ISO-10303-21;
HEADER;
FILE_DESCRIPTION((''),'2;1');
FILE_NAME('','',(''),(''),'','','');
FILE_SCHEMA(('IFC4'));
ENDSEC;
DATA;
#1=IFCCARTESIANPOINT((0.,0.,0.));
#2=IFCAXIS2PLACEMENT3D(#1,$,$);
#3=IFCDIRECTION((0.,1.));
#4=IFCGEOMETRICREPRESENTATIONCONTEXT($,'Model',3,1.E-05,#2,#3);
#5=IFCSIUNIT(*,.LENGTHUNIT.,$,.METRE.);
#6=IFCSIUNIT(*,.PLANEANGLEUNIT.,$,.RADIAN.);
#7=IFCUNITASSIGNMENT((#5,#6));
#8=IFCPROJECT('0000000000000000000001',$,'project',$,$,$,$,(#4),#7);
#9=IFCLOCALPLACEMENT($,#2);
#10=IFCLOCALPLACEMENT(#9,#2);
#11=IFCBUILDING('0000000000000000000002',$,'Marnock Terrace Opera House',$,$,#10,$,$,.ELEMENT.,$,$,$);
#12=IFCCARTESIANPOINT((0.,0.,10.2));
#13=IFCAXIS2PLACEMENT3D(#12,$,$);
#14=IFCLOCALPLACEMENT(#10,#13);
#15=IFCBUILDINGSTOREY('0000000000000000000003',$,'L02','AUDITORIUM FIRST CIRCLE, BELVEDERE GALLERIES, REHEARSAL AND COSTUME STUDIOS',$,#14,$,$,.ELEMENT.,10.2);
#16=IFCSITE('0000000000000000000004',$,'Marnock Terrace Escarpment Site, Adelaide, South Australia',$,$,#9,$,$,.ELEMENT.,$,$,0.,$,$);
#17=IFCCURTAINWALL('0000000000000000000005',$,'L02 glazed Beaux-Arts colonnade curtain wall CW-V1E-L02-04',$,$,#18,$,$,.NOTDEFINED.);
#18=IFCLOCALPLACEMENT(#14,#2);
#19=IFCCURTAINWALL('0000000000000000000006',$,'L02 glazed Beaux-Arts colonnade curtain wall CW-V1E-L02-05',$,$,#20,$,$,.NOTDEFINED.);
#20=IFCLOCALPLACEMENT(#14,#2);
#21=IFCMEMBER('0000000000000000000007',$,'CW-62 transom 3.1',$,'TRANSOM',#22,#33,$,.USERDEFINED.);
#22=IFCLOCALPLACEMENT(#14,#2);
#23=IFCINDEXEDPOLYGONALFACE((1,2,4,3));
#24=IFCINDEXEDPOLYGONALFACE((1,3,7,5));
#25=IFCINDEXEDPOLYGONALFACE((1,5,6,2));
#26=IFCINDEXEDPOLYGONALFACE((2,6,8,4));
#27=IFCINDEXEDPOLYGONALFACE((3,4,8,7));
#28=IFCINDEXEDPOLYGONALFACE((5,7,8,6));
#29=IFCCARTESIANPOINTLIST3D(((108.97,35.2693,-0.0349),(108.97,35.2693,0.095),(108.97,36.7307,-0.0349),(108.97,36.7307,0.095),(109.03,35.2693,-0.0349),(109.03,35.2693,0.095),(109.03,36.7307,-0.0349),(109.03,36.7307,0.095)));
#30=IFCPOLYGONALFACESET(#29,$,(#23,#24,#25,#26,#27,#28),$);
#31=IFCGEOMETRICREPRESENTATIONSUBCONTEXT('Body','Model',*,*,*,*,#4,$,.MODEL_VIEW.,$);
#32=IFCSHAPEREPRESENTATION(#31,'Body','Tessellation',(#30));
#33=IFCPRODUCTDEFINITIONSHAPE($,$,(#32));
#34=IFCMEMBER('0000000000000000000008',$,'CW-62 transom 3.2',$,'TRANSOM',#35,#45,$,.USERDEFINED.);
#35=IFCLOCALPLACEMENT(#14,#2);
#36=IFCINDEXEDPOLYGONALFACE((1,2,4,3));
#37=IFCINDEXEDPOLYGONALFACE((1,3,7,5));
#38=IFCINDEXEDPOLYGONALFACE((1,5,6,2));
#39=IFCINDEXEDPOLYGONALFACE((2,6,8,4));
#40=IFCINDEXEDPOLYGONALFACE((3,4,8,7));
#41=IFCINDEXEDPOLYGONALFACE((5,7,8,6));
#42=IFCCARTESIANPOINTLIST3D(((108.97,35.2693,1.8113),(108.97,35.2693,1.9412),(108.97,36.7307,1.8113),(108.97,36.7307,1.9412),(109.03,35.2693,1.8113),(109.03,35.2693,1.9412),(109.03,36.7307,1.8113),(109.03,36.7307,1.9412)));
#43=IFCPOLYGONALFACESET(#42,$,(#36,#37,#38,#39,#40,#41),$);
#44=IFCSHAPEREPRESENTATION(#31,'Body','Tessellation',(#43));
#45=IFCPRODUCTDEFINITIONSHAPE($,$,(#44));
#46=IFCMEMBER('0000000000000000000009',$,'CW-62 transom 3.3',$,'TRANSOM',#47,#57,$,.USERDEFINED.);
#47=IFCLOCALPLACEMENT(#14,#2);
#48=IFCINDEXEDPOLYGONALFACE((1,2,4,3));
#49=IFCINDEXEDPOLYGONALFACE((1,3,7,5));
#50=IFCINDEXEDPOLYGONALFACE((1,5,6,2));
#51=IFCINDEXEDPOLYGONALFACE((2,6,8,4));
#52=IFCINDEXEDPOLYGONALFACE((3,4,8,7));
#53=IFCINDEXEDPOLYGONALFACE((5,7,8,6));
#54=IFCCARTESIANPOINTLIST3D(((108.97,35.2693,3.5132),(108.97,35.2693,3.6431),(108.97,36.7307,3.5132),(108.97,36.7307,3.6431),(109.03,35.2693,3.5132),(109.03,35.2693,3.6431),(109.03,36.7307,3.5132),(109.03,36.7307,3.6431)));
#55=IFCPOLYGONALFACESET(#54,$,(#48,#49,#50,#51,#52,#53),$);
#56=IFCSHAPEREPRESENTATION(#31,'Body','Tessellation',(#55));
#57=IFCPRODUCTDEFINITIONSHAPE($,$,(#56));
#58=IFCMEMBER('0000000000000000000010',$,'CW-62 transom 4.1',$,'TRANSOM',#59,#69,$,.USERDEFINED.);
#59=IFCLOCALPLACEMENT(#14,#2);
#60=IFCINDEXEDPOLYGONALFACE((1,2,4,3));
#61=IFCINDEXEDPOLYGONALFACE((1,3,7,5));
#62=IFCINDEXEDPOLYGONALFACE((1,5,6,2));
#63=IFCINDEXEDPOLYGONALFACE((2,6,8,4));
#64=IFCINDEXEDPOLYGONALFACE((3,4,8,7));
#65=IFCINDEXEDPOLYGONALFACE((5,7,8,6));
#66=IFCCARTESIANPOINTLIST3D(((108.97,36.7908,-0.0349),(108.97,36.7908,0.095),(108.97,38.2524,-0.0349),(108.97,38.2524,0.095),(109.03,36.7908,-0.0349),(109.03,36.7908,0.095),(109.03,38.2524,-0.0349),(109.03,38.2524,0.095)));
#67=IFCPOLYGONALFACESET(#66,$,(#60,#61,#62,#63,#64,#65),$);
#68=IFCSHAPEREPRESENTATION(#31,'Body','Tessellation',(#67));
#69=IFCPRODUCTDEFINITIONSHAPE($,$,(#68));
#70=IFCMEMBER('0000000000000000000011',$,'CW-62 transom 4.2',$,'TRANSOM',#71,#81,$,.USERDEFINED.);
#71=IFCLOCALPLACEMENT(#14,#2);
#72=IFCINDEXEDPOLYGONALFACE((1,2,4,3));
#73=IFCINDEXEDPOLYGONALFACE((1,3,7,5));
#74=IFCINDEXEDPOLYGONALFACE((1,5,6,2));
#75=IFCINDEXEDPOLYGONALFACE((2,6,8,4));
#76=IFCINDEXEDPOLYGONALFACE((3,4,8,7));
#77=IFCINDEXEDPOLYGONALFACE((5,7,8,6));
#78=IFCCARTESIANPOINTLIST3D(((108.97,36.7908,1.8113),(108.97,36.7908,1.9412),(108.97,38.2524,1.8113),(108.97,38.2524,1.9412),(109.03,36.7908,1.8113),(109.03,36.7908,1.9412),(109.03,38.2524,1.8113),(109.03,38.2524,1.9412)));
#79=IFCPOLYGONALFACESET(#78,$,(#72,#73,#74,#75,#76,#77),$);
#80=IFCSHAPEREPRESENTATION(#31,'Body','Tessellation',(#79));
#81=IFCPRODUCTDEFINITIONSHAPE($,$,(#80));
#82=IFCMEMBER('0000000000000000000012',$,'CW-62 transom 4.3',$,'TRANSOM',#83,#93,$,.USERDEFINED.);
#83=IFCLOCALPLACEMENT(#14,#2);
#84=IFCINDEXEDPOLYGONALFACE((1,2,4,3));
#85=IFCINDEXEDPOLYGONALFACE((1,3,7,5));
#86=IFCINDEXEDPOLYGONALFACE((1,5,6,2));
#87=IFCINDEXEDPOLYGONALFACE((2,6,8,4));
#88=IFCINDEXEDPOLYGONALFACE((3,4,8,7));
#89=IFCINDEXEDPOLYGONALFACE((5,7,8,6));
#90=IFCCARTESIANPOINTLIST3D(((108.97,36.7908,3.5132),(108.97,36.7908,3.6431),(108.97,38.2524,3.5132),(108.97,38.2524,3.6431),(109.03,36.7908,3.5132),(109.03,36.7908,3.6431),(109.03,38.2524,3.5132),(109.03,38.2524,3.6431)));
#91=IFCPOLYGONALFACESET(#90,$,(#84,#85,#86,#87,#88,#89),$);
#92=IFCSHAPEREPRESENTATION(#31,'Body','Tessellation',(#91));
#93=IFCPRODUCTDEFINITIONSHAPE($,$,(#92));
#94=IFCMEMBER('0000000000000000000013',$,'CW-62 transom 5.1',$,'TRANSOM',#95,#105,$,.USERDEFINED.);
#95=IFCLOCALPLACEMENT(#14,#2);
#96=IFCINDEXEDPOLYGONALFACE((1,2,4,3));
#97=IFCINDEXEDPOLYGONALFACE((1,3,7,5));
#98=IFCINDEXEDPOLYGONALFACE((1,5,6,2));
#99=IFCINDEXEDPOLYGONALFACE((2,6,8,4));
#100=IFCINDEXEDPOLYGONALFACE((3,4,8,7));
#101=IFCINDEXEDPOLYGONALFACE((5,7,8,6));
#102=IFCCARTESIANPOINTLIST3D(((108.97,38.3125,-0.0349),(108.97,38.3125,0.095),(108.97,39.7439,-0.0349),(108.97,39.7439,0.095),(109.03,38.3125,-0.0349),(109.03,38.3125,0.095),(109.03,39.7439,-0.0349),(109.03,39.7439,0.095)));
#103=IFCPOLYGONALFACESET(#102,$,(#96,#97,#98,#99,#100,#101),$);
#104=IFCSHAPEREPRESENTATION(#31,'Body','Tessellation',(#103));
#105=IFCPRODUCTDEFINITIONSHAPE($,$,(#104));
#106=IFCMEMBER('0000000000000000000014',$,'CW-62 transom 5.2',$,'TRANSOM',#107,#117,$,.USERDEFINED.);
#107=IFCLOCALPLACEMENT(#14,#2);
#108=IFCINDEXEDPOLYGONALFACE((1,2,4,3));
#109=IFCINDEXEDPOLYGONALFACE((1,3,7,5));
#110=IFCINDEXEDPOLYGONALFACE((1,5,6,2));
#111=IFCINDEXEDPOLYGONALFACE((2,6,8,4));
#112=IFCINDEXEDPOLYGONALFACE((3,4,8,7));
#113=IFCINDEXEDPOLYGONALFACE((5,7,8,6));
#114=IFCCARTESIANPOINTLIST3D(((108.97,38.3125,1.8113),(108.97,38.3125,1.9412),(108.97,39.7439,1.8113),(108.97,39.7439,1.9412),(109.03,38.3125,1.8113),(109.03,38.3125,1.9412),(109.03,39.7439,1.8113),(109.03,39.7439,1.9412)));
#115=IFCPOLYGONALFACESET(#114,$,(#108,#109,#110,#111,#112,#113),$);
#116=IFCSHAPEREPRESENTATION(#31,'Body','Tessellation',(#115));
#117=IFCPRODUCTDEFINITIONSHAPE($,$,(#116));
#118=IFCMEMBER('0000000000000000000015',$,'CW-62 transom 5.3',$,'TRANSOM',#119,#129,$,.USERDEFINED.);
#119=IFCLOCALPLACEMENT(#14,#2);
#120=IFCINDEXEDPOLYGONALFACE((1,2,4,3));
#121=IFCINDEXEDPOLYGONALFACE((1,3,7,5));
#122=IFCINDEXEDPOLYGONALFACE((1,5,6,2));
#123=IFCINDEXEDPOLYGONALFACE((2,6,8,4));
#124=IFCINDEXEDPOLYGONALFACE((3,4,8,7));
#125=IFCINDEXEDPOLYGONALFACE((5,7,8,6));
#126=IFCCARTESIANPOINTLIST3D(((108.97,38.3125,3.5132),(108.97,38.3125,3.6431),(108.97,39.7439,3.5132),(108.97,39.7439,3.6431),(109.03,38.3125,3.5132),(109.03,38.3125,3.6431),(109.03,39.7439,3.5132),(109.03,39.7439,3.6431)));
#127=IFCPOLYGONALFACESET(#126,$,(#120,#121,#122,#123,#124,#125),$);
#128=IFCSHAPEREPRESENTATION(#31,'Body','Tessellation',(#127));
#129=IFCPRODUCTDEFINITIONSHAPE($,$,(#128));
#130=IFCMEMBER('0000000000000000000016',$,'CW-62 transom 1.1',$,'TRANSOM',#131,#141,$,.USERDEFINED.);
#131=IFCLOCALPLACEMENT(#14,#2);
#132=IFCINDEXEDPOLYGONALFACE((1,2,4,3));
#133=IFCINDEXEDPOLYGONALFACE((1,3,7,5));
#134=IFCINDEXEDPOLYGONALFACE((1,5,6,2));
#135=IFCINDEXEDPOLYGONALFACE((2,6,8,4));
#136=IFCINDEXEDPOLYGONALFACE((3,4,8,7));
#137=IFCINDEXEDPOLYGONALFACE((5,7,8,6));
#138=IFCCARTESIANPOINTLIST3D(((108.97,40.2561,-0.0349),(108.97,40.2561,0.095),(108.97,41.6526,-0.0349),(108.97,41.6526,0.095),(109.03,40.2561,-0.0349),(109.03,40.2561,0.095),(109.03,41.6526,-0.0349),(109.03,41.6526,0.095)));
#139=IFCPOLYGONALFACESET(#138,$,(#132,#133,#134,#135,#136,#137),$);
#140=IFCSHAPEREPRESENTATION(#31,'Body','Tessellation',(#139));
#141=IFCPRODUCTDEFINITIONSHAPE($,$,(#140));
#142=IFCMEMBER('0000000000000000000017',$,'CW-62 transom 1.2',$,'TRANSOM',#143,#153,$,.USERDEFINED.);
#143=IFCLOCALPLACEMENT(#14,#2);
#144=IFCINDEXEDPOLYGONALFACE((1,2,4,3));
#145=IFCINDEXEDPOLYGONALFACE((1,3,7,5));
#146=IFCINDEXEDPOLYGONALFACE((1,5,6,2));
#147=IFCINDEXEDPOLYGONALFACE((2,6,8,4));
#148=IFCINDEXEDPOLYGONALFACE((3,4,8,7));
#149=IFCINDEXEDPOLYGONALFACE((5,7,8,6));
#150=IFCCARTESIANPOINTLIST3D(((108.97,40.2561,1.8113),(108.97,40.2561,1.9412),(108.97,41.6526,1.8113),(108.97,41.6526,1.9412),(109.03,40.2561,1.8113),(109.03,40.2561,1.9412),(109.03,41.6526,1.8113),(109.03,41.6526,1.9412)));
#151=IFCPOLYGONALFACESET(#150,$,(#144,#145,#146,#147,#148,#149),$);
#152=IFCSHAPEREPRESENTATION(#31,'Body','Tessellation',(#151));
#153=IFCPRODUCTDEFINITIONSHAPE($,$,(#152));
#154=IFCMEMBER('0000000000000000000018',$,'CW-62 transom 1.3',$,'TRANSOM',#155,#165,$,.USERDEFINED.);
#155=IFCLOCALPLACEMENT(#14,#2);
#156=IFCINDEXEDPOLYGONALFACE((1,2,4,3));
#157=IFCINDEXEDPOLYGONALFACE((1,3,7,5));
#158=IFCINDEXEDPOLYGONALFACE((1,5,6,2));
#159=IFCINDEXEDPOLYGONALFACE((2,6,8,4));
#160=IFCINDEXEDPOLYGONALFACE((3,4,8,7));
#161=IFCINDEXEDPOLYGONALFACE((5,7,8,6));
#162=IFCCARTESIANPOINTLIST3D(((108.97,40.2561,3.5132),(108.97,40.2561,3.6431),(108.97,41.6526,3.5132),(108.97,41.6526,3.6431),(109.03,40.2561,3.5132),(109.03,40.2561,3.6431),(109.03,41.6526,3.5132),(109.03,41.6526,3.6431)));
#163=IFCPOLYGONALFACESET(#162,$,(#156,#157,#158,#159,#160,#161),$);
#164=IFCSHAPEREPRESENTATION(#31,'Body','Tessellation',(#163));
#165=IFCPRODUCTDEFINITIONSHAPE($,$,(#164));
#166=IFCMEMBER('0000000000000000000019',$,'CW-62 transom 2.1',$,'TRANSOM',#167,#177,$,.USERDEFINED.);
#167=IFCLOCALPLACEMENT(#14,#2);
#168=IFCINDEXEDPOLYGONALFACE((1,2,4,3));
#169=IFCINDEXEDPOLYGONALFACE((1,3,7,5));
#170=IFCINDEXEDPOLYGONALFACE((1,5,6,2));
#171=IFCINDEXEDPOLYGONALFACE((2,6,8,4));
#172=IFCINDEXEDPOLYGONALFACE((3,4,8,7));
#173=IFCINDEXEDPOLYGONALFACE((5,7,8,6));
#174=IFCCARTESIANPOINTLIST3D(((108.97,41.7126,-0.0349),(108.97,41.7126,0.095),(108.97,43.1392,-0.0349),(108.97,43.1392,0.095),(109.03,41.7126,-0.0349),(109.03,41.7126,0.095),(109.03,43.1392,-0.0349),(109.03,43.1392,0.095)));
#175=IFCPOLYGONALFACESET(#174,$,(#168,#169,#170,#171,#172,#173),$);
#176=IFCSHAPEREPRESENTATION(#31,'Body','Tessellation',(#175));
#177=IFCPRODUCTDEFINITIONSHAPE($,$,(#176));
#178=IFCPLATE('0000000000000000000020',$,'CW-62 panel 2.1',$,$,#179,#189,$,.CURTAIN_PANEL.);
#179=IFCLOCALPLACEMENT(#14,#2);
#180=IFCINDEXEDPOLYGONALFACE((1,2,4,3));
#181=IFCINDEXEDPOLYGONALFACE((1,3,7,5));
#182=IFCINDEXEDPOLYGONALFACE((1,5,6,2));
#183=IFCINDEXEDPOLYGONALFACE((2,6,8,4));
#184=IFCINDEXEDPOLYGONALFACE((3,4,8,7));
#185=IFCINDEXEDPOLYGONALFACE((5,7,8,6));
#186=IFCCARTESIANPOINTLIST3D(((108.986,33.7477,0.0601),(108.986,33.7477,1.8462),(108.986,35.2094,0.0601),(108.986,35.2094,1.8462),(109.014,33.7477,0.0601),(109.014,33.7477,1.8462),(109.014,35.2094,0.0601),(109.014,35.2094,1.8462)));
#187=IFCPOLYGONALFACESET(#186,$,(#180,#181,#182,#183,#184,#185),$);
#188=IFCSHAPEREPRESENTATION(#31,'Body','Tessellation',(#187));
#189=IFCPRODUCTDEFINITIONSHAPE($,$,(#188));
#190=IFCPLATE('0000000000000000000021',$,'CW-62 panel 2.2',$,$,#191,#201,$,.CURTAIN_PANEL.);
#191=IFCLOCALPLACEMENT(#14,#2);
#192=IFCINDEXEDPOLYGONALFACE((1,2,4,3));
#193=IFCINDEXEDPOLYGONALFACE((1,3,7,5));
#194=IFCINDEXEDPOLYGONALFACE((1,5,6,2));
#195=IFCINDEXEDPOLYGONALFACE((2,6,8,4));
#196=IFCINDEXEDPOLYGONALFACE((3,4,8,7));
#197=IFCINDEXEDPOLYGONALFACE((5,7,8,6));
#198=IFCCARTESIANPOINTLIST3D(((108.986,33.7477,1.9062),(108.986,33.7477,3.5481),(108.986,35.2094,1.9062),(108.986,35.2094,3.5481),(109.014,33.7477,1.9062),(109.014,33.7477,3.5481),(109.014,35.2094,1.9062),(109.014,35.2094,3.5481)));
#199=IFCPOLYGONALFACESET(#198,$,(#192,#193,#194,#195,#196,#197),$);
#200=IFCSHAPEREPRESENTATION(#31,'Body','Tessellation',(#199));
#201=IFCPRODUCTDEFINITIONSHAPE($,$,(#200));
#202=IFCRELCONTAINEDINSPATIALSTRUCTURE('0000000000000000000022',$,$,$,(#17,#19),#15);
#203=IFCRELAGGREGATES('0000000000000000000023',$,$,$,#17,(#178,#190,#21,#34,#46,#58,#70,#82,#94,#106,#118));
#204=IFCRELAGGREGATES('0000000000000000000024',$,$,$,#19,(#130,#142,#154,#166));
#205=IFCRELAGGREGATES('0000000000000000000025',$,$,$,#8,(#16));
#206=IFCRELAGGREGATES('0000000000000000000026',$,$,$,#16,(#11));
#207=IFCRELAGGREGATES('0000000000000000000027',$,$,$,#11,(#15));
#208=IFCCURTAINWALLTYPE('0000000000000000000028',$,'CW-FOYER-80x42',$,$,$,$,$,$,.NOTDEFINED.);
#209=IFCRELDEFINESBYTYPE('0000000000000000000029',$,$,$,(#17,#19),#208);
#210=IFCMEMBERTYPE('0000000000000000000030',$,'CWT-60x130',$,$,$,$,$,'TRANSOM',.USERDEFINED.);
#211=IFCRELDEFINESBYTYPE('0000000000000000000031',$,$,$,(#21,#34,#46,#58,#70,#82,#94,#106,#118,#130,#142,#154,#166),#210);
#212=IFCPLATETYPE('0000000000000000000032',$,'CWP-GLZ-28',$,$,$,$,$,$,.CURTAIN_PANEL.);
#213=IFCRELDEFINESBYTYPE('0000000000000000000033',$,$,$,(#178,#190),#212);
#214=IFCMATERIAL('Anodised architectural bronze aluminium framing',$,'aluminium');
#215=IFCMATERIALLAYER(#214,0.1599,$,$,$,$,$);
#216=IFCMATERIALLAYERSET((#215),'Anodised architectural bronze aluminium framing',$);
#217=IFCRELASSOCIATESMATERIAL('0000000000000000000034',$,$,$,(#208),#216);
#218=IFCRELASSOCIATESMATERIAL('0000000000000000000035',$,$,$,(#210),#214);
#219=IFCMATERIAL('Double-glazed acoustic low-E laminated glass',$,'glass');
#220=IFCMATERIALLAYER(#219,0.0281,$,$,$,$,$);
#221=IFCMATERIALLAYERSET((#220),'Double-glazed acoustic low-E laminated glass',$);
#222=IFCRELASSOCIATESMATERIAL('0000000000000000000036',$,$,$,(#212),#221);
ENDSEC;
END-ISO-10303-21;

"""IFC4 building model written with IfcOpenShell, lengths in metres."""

from ifc_helpers import new_model, si_unit, direction, frame, origin, origin_2d, place, context, subcontext, project, spatial, rectangle, extrude, material, layer, layer_set, material_profile, profile_set, type_object, element, aggregate, save


model = new_model("IFC4")

# Units and contexts
model_context = context("Model", 3, precision=1e-05, world=origin(), true_north=direction((0.0, 1.0)))
body_context = subcontext(model_context, "Body", "Model", "MODEL_VIEW")
ifc_project = project(units=[si_unit("LENGTHUNIT", "METRE"), si_unit("PLANEANGLEUNIT", "RADIAN")], contexts=[model_context])

# Site, building, storey
site_placement = place(None, origin())
site = spatial("IfcSite", under=ifc_project, at=site_placement, Name="Marnock Terrace Escarpment Site, Adelaide, South Australia", CompositionType="ELEMENT", RefElevation=0.0)
building_placement = place(site_placement, origin())
building = spatial("IfcBuilding", under=site, at=building_placement, Name="Marnock Terrace Opera House", CompositionType="ELEMENT")
storey_placement = place(building_placement, frame((0.0, 0.0, 10.2)))
storey = spatial("IfcBuildingStorey", under=building, at=storey_placement, Name="L02", Description="AUDITORIUM FIRST CIRCLE, BELVEDERE GALLERIES, REHEARSAL AND COSTUME STUDIOS", CompositionType="ELEMENT", Elevation=10.2)

# Curtain walls
ifc_material_1 = material(Name="Anodised architectural bronze aluminium framing", Category="aluminium")
ifc_layer_1 = layer(ifc_material_1, 0.1599)
ifc_layer_set_1 = layer_set([ifc_layer_1], Name="Anodised architectural bronze aluminium framing")
curtain_wall_type = type_object("IfcCurtainWallType", Name="CW-FOYER-80x42", PredefinedType="NOTDEFINED", material=ifc_layer_set_1)
curtain_wall_1_placement = place(storey_placement, origin())
curtain_wall_1 = element("IfcCurtainWall", 1, at=curtain_wall_1_placement, inside=storey, type_object=curtain_wall_type, Name="L02 glazed Beaux-Arts colonnade curtain wall CW-V1E-L02-04", PredefinedType="NOTDEFINED")
curtain_wall_2_placement = place(storey_placement, origin())
curtain_wall_2 = element("IfcCurtainWall", 2, at=curtain_wall_2_placement, inside=storey, type_object=curtain_wall_type, Name="L02 glazed Beaux-Arts colonnade curtain wall CW-V1E-L02-05", PredefinedType="NOTDEFINED")

# Members
ifc_material_profile_1 = material_profile(ifc_material_1, rectangle(XDim=0.0601, YDim=0.1299, at=origin_2d()))
ifc_profile_set_1 = profile_set([ifc_material_profile_1], Name="Anodised architectural bronze aluminium framing")
member_type_1 = type_object("IfcMemberType", Name="CWT-60x130", ElementType="TRANSOM", PredefinedType="USERDEFINED", material=ifc_profile_set_1)
member_1_placement = place(storey_placement, frame((109.0, 35.2693, 0.03), z_axis=(0.0, 1.0, 0.0), x_axis=(-1.0, 0.0, 0.0)))
member_1 = element("IfcMember", 3, at=member_1_placement, type_object=member_type_1, Name="CW-62 transom 3.1", ObjectType="TRANSOM", PredefinedType="USERDEFINED", context=body_context, shape_type="SweptSolid", body=[
    extrude(rectangle(XDim=0.0601, YDim=0.1299, at=origin_2d()), origin(), (0.0, 0.0, 1.0), 1.4614),
])
member_2_placement = place(storey_placement, frame((109.0, 35.2693, 1.8762), z_axis=(0.0, 1.0, 0.0), x_axis=(-1.0, 0.0, 0.0)))
member_2 = element("IfcMember", 4, at=member_2_placement, type_object=member_type_1, Name="CW-62 transom 3.2", ObjectType="TRANSOM", PredefinedType="USERDEFINED", context=body_context, shape_type="SweptSolid", body=[
    extrude(rectangle(XDim=0.0601, YDim=0.1299, at=origin_2d()), origin(), (0.0, 0.0, 1.0), 1.4614),
])
member_3_placement = place(storey_placement, frame((109.0, 35.2693, 3.5781), z_axis=(0.0, 1.0, 0.0), x_axis=(-1.0, 0.0, 0.0)))
member_3 = element("IfcMember", 5, at=member_3_placement, type_object=member_type_1, Name="CW-62 transom 3.3", ObjectType="TRANSOM", PredefinedType="USERDEFINED", context=body_context, shape_type="SweptSolid", body=[
    extrude(rectangle(XDim=0.0601, YDim=0.1299, at=origin_2d()), origin(), (0.0, 0.0, 1.0), 1.4614),
])
member_4_placement = place(storey_placement, frame((109.0, 36.7908, 0.03), z_axis=(0.0, 1.0, 0.0), x_axis=(-1.0, 0.0, 0.0)))
member_4 = element("IfcMember", 6, at=member_4_placement, type_object=member_type_1, Name="CW-62 transom 4.1", ObjectType="TRANSOM", PredefinedType="USERDEFINED", context=body_context, shape_type="SweptSolid", body=[
    extrude(rectangle(XDim=0.0601, YDim=0.1299, at=origin_2d()), origin(), (0.0, 0.0, 1.0), 1.4617),
])
member_5_placement = place(storey_placement, frame((109.0, 36.7908, 1.8762), z_axis=(0.0, 1.0, 0.0), x_axis=(-1.0, 0.0, 0.0)))
member_5 = element("IfcMember", 7, at=member_5_placement, type_object=member_type_1, Name="CW-62 transom 4.2", ObjectType="TRANSOM", PredefinedType="USERDEFINED", context=body_context, shape_type="SweptSolid", body=[
    extrude(rectangle(XDim=0.0601, YDim=0.1299, at=origin_2d()), origin(), (0.0, 0.0, 1.0), 1.4617),
])
member_6_placement = place(storey_placement, frame((109.0, 36.7908, 3.5781), z_axis=(0.0, 1.0, 0.0), x_axis=(-1.0, 0.0, 0.0)))
member_6 = element("IfcMember", 8, at=member_6_placement, type_object=member_type_1, Name="CW-62 transom 4.3", ObjectType="TRANSOM", PredefinedType="USERDEFINED", context=body_context, shape_type="SweptSolid", body=[
    extrude(rectangle(XDim=0.0601, YDim=0.1299, at=origin_2d()), origin(), (0.0, 0.0, 1.0), 1.4617),
])
member_7_placement = place(storey_placement, frame((109.0, 38.3125, 0.03), z_axis=(0.0, 1.0, 0.0), x_axis=(-1.0, 0.0, 0.0)))
member_7 = element("IfcMember", 9, at=member_7_placement, type_object=member_type_1, Name="CW-62 transom 5.1", ObjectType="TRANSOM", PredefinedType="USERDEFINED", context=body_context, shape_type="SweptSolid", body=[
    extrude(rectangle(XDim=0.0601, YDim=0.1299, at=origin_2d()), origin(), (0.0, 0.0, 1.0), 1.4314),
])
member_8_placement = place(storey_placement, frame((109.0, 38.3125, 1.8762), z_axis=(0.0, 1.0, 0.0), x_axis=(-1.0, 0.0, 0.0)))
member_8 = element("IfcMember", 10, at=member_8_placement, type_object=member_type_1, Name="CW-62 transom 5.2", ObjectType="TRANSOM", PredefinedType="USERDEFINED", context=body_context, shape_type="SweptSolid", body=[
    extrude(rectangle(XDim=0.0601, YDim=0.1299, at=origin_2d()), origin(), (0.0, 0.0, 1.0), 1.4314),
])
member_9_placement = place(storey_placement, frame((109.0, 38.3125, 3.5781), z_axis=(0.0, 1.0, 0.0), x_axis=(-1.0, 0.0, 0.0)))
member_9 = element("IfcMember", 11, at=member_9_placement, type_object=member_type_1, Name="CW-62 transom 5.3", ObjectType="TRANSOM", PredefinedType="USERDEFINED", context=body_context, shape_type="SweptSolid", body=[
    extrude(rectangle(XDim=0.0601, YDim=0.1299, at=origin_2d()), origin(), (0.0, 0.0, 1.0), 1.4314),
])
member_10_placement = place(storey_placement, frame((109.0, 40.2561, 0.03), z_axis=(0.0, 1.0, 0.0), x_axis=(-1.0, 0.0, 0.0)))
member_10 = element("IfcMember", 12, at=member_10_placement, type_object=member_type_1, Name="CW-62 transom 1.1", ObjectType="TRANSOM", PredefinedType="USERDEFINED", context=body_context, shape_type="SweptSolid", body=[
    extrude(rectangle(XDim=0.0601, YDim=0.1299, at=origin_2d()), origin(), (0.0, 0.0, 1.0), 1.3965),
])
member_11_placement = place(storey_placement, frame((109.0, 40.2561, 1.8762), z_axis=(0.0, 1.0, 0.0), x_axis=(-1.0, 0.0, 0.0)))
member_11 = element("IfcMember", 13, at=member_11_placement, type_object=member_type_1, Name="CW-62 transom 1.2", ObjectType="TRANSOM", PredefinedType="USERDEFINED", context=body_context, shape_type="SweptSolid", body=[
    extrude(rectangle(XDim=0.0601, YDim=0.1299, at=origin_2d()), origin(), (0.0, 0.0, 1.0), 1.3965),
])
member_12_placement = place(storey_placement, frame((109.0, 40.2561, 3.5781), z_axis=(0.0, 1.0, 0.0), x_axis=(-1.0, 0.0, 0.0)))
member_12 = element("IfcMember", 14, at=member_12_placement, type_object=member_type_1, Name="CW-62 transom 1.3", ObjectType="TRANSOM", PredefinedType="USERDEFINED", context=body_context, shape_type="SweptSolid", body=[
    extrude(rectangle(XDim=0.0601, YDim=0.1299, at=origin_2d()), origin(), (0.0, 0.0, 1.0), 1.3965),
])
member_13_placement = place(storey_placement, frame((109.0, 41.7126, 0.03), z_axis=(0.0, 1.0, 0.0), x_axis=(-1.0, 0.0, 0.0)))
member_13 = element("IfcMember", 15, at=member_13_placement, type_object=member_type_1, Name="CW-62 transom 2.1", ObjectType="TRANSOM", PredefinedType="USERDEFINED", context=body_context, shape_type="SweptSolid", body=[
    extrude(rectangle(XDim=0.0601, YDim=0.1299, at=origin_2d()), origin(), (0.0, 0.0, 1.0), 1.4265),
])

# Plates
ifc_material_2 = material(Name="Double-glazed acoustic low-E laminated glass", Category="glass")
ifc_layer_2 = layer(ifc_material_2, 0.0281)
ifc_layer_set_2 = layer_set([ifc_layer_2], Name="Double-glazed acoustic low-E laminated glass")
plate_type = type_object("IfcPlateType", Name="CWP-GLZ-28", PredefinedType="CURTAIN_PANEL", material=ifc_layer_set_2)
plate_1_placement = place(storey_placement, frame((109.0, 34.4785, 0.0601), z_axis=(0.0, 0.0, 1.0), x_axis=(0.0, 1.0, 0.0)))
plate_1 = element("IfcPlate", 16, at=plate_1_placement, type_object=plate_type, Name="CW-62 panel 2.1", PredefinedType="CURTAIN_PANEL", context=body_context, shape_type="SweptSolid", body=[
    extrude(rectangle(XDim=1.4617, YDim=0.0281, at=origin_2d()), origin(), (0.0, 0.0, 1.0), 1.7861),
])
plate_2_placement = place(storey_placement, frame((109.0, 34.4785, 1.9062), z_axis=(0.0, 0.0, 1.0), x_axis=(0.0, 1.0, 0.0)))
plate_2 = element("IfcPlate", 17, at=plate_2_placement, type_object=plate_type, Name="CW-62 panel 2.2", PredefinedType="CURTAIN_PANEL", context=body_context, shape_type="SweptSolid", body=[
    extrude(rectangle(XDim=1.4617, YDim=0.0281, at=origin_2d()), origin(), (0.0, 0.0, 1.0), 1.6418),
])
aggregate(curtain_wall_1, [plate_1, plate_2, member_1, member_2, member_3, member_4, member_5, member_6, member_7, member_8, member_9])
aggregate(curtain_wall_2, [member_10, member_11, member_12, member_13])

save(model, "model.ifc")
